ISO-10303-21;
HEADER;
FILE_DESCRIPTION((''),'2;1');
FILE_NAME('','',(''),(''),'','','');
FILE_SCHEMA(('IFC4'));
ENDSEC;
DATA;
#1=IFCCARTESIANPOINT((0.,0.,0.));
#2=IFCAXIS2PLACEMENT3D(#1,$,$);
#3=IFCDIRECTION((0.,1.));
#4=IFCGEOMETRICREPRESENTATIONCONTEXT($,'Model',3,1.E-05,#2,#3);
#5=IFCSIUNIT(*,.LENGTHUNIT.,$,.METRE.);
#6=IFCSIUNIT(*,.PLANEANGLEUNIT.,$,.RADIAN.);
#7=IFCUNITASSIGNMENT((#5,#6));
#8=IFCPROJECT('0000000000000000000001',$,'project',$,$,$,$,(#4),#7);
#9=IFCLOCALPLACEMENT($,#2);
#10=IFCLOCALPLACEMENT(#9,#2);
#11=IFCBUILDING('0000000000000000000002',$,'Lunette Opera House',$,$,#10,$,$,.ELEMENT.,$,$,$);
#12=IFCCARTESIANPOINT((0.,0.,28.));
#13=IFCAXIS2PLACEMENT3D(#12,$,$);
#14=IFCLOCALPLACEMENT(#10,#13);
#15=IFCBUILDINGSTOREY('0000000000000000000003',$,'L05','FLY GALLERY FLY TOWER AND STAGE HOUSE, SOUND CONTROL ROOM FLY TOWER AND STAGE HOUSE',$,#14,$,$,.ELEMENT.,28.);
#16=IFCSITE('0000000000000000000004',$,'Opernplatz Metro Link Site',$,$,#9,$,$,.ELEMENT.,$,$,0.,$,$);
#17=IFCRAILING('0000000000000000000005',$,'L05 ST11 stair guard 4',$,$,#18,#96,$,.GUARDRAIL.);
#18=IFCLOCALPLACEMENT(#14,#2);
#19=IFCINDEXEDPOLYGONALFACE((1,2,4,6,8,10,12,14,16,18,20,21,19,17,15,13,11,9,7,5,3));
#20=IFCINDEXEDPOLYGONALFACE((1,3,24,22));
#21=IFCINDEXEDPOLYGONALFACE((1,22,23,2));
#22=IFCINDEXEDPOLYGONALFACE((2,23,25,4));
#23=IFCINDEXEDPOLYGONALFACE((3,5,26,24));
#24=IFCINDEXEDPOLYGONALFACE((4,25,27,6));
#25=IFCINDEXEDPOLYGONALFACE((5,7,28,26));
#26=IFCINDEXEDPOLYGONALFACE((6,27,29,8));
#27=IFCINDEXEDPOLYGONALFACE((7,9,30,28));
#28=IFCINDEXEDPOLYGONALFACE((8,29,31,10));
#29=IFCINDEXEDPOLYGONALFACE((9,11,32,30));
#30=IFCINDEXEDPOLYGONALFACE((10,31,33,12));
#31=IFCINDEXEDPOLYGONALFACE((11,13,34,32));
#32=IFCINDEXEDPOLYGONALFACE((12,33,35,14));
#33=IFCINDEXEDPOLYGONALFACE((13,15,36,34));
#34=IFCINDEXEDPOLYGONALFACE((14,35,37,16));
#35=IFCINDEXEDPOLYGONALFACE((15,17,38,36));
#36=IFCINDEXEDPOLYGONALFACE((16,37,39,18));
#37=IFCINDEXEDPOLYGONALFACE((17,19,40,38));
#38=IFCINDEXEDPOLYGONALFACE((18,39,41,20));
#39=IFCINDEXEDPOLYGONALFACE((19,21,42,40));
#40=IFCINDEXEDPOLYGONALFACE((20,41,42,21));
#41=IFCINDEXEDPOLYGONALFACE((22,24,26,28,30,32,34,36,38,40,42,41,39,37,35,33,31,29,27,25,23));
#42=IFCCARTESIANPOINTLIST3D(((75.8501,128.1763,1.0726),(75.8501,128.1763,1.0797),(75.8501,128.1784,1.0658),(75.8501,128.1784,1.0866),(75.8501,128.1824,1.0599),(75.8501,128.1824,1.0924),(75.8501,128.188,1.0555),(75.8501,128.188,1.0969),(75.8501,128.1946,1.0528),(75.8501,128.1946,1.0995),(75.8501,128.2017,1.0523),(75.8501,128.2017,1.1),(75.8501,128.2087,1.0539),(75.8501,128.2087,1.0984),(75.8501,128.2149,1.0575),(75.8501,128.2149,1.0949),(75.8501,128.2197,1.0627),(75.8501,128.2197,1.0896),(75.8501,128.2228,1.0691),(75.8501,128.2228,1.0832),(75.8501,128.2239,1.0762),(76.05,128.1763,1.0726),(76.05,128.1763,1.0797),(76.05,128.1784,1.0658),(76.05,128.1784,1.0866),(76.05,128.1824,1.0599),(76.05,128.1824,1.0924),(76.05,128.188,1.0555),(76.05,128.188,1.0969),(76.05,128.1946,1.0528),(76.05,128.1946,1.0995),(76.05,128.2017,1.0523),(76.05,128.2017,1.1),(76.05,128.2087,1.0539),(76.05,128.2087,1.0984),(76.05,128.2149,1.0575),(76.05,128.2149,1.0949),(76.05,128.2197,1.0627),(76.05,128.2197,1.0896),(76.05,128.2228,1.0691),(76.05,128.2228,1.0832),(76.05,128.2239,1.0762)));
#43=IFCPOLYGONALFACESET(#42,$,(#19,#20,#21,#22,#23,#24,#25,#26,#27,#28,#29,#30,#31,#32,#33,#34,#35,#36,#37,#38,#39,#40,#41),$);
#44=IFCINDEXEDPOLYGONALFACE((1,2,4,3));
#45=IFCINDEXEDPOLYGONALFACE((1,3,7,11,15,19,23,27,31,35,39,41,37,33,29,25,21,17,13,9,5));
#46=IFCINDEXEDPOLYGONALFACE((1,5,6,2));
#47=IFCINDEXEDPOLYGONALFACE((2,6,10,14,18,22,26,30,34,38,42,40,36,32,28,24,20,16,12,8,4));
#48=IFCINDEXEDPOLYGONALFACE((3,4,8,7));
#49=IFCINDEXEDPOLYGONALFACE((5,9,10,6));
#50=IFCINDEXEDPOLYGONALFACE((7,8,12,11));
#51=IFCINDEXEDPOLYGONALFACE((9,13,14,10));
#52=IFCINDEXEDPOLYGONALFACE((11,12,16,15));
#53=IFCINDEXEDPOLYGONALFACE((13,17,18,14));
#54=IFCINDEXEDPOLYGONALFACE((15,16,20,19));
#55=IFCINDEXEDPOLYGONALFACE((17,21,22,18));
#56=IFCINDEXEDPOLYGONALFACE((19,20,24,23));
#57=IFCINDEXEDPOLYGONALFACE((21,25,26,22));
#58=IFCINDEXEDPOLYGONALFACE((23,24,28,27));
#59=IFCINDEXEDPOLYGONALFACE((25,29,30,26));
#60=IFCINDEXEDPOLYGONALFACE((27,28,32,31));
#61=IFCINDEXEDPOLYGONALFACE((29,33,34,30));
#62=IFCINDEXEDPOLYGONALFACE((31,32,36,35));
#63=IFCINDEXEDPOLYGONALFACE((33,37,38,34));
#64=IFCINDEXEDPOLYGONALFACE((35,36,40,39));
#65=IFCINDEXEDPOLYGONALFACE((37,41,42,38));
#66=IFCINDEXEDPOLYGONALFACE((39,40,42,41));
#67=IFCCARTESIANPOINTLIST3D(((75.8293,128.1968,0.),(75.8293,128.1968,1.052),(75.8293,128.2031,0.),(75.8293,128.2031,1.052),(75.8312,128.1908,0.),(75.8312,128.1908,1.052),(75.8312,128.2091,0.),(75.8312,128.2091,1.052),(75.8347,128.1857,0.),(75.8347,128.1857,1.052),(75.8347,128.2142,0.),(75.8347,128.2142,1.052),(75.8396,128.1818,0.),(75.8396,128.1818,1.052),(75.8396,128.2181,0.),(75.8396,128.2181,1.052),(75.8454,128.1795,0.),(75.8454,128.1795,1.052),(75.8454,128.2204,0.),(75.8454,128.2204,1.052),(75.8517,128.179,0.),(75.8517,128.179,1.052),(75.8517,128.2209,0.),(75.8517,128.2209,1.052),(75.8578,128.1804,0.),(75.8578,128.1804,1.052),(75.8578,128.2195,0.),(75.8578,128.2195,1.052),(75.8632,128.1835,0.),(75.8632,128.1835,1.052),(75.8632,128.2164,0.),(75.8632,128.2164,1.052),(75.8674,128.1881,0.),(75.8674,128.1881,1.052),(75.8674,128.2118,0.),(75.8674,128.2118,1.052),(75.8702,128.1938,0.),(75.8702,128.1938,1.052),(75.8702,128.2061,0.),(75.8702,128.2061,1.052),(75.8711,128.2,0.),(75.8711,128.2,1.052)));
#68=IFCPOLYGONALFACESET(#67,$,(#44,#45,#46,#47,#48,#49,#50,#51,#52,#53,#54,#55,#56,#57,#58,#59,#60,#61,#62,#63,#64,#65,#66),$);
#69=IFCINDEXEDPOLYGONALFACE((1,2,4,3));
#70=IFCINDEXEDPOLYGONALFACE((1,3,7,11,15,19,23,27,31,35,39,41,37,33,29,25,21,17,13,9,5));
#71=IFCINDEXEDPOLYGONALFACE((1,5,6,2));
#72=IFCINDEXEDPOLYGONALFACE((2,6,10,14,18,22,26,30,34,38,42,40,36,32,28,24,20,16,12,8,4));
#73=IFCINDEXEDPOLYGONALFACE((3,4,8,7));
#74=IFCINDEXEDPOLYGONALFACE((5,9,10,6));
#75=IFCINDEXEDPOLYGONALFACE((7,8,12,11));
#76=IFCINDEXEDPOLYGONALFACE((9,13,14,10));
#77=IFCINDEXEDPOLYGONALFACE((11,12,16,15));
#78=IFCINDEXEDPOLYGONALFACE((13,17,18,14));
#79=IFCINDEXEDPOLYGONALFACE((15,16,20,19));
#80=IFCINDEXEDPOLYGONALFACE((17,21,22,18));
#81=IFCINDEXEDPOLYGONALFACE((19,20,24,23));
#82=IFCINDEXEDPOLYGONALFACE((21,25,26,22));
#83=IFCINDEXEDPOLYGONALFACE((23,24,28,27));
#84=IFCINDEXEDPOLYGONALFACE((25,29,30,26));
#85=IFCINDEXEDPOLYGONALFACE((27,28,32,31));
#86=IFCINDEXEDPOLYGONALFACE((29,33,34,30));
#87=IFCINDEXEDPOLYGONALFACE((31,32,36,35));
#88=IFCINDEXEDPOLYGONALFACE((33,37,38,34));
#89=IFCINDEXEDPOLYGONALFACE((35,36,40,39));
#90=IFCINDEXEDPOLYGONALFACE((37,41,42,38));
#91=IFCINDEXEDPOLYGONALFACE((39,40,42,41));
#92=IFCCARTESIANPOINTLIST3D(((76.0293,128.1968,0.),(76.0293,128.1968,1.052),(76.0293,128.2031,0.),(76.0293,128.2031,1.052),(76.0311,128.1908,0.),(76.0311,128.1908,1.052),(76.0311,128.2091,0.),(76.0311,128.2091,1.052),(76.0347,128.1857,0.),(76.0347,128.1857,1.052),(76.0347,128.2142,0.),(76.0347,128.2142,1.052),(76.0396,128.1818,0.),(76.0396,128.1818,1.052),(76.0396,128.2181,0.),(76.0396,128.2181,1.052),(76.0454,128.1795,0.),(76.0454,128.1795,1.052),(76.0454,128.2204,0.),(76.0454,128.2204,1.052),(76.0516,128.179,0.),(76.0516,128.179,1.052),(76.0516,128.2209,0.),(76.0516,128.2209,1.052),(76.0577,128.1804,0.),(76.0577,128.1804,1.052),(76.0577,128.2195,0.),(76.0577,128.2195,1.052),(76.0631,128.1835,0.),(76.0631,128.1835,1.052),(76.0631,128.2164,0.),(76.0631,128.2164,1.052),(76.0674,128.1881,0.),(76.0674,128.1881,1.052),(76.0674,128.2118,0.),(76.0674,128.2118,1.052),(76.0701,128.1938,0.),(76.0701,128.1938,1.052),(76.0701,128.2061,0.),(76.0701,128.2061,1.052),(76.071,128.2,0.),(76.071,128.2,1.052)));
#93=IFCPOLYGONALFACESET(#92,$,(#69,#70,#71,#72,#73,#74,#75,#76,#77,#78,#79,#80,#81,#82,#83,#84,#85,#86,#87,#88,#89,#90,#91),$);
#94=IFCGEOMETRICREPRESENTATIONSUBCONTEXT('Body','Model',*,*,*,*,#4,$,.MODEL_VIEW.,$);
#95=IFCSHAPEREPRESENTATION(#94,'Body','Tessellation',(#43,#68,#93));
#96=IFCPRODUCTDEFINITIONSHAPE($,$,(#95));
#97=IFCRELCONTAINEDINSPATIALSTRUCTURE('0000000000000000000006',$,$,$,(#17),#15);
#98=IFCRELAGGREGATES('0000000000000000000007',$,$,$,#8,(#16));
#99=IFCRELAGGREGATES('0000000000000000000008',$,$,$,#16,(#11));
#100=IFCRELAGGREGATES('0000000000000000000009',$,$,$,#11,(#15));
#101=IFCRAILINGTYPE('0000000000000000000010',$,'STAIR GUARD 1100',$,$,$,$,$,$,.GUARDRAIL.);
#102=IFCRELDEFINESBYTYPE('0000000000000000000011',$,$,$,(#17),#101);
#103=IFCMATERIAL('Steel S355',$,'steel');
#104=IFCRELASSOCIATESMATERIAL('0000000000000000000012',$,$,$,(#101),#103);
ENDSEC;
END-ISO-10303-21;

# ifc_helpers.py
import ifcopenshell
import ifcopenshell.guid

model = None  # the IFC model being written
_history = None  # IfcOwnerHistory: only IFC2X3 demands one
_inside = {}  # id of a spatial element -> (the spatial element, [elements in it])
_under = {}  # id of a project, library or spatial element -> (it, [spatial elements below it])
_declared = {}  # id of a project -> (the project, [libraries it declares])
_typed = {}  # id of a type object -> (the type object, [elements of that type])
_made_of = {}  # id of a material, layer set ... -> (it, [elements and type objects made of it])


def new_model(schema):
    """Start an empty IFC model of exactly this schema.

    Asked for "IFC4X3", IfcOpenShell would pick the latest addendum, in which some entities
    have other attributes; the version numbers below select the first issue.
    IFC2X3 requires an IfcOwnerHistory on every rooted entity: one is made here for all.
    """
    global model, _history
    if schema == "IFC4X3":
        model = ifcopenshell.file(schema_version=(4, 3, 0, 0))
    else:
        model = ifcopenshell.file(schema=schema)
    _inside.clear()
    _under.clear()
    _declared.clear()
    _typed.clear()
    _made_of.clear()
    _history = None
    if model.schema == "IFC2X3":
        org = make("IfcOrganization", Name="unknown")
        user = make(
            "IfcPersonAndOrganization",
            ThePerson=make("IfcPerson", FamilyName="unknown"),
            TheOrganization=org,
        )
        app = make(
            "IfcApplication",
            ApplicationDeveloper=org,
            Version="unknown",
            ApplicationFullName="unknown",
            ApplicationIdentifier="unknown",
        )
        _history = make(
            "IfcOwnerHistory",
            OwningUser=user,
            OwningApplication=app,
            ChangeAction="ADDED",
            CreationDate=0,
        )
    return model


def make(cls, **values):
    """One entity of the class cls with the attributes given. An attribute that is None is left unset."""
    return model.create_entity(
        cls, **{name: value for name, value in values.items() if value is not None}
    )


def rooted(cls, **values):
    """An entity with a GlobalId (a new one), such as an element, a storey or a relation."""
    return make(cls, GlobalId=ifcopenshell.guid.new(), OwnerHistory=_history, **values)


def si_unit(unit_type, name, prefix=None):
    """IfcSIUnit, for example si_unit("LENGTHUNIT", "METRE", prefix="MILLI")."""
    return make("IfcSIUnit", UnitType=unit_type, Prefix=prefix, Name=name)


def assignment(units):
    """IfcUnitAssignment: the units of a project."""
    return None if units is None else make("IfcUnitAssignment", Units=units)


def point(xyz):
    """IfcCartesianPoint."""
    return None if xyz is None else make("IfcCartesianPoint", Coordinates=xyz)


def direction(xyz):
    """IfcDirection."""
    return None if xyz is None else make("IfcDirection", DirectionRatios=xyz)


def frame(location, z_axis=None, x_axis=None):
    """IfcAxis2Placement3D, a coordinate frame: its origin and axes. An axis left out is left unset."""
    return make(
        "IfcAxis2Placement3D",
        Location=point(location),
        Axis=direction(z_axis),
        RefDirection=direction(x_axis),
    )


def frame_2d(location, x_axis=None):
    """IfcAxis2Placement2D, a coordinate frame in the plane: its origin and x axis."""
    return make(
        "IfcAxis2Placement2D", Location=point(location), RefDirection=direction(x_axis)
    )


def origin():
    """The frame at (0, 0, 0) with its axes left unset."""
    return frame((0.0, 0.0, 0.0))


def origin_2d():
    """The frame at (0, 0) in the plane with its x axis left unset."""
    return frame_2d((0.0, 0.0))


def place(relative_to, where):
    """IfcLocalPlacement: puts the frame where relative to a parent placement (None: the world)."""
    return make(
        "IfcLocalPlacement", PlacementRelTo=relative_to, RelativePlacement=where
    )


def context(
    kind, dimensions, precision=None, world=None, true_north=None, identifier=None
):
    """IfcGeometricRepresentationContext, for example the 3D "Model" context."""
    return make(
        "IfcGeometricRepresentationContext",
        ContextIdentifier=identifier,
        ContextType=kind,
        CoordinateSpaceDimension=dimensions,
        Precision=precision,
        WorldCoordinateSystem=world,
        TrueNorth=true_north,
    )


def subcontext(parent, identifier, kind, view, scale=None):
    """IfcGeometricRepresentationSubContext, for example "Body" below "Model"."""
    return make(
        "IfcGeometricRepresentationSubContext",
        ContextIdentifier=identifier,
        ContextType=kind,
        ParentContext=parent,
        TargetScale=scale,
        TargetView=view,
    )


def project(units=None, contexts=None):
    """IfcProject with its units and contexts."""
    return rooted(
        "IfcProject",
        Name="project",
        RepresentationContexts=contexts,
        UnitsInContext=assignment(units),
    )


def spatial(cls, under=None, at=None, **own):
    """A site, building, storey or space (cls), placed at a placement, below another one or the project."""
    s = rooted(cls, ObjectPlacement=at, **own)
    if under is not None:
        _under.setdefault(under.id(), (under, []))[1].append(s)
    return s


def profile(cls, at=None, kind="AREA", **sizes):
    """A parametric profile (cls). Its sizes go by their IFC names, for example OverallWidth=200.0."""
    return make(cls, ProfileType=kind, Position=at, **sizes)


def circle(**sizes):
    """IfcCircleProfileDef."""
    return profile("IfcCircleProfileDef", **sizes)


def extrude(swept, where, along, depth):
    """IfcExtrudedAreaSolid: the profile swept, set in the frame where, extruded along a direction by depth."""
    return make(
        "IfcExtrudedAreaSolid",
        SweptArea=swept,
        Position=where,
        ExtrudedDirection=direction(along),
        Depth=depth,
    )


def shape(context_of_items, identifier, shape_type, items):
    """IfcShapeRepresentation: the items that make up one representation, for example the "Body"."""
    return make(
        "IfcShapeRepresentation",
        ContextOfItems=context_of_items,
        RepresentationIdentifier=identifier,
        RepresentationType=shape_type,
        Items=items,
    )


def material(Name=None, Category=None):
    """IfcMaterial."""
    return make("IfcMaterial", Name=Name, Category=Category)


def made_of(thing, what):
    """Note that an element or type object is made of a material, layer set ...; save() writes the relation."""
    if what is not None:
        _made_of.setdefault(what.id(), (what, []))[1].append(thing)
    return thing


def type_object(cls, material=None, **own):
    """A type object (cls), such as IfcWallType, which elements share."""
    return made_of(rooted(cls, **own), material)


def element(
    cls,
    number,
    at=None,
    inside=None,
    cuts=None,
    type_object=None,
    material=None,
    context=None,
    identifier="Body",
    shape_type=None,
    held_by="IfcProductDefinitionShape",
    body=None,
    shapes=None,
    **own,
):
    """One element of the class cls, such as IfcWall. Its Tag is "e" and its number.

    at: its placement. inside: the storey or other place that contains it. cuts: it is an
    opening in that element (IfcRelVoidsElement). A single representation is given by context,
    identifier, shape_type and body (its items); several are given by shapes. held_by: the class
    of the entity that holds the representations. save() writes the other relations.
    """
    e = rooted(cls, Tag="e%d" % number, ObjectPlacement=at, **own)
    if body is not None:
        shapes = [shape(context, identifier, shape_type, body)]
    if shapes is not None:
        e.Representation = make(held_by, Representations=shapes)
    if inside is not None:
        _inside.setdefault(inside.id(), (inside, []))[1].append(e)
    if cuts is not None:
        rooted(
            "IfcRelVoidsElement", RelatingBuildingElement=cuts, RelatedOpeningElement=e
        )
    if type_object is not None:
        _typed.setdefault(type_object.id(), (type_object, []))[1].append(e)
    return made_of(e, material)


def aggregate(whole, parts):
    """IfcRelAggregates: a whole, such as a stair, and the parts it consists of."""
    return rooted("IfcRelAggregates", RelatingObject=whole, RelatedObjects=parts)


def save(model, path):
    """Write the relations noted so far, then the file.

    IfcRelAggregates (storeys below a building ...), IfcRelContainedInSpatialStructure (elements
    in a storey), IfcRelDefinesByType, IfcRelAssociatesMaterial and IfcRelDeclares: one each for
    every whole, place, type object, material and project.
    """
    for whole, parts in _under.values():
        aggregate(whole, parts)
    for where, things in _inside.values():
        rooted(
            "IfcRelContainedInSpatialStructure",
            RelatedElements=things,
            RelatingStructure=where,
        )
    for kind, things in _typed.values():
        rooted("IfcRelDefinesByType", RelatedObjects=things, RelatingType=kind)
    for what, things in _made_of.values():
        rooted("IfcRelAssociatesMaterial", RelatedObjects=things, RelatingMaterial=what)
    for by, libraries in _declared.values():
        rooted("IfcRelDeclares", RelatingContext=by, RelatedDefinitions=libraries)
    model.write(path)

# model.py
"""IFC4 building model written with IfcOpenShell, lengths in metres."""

from ifc_helpers import new_model, si_unit, direction, frame, origin, origin_2d, place, context, subcontext, project, spatial, circle, extrude, material, type_object, element, save


model = new_model("IFC4")

# Units and contexts
model_context = context("Model", 3, precision=1e-05, world=origin(), true_north=direction((0.0, 1.0)))
body_context = subcontext(model_context, "Body", "Model", "MODEL_VIEW")
ifc_project = project(units=[si_unit("LENGTHUNIT", "METRE"), si_unit("PLANEANGLEUNIT", "RADIAN")], contexts=[model_context])

# Site, building, storey
site_placement = place(None, origin())
site = spatial("IfcSite", under=ifc_project, at=site_placement, Name="Opernplatz Metro Link Site", CompositionType="ELEMENT", RefElevation=0.0)
building_placement = place(site_placement, origin())
building = spatial("IfcBuilding", under=site, at=building_placement, Name="Lunette Opera House", CompositionType="ELEMENT")
storey_placement = place(building_placement, frame((0.0, 0.0, 28.0)))
storey = spatial("IfcBuildingStorey", under=building, at=storey_placement, Name="L05", Description="FLY GALLERY FLY TOWER AND STAGE HOUSE, SOUND CONTROL ROOM FLY TOWER AND STAGE HOUSE", CompositionType="ELEMENT", Elevation=28.0)

# Railing
ifc_material_1 = material(Name="Steel S355", Category="steel")
railing_type_1 = type_object("IfcRailingType", Name="STAIR GUARD 1100", PredefinedType="GUARDRAIL", material=ifc_material_1)
railing_1_placement = place(storey_placement, frame((75.8501, 128.2, 0.0)))
element("IfcRailing", 1, at=railing_1_placement, inside=storey, type_object=railing_type_1, Name="L05 ST11 stair guard 4", PredefinedType="GUARDRAIL", context=body_context, shape_type="SweptSolid", body=[
    extrude(circle(Radius=0.0239, at=origin_2d()), frame((0.0, 0.0, 1.0762), z_axis=(1.0, 0.0, 0.0), x_axis=(0.0, 1.0, 0.0)), (0.0, 0.0, 1.0), 0.2),
    extrude(circle(Radius=0.021, at=origin_2d()), origin(), (0.0, 0.0, 1.0), 1.052),
    extrude(circle(Radius=0.021, at=origin_2d()), frame((0.2, 0.0, 0.0)), (0.0, 0.0, 1.0), 1.052),
])

save(model, "model.ifc")
